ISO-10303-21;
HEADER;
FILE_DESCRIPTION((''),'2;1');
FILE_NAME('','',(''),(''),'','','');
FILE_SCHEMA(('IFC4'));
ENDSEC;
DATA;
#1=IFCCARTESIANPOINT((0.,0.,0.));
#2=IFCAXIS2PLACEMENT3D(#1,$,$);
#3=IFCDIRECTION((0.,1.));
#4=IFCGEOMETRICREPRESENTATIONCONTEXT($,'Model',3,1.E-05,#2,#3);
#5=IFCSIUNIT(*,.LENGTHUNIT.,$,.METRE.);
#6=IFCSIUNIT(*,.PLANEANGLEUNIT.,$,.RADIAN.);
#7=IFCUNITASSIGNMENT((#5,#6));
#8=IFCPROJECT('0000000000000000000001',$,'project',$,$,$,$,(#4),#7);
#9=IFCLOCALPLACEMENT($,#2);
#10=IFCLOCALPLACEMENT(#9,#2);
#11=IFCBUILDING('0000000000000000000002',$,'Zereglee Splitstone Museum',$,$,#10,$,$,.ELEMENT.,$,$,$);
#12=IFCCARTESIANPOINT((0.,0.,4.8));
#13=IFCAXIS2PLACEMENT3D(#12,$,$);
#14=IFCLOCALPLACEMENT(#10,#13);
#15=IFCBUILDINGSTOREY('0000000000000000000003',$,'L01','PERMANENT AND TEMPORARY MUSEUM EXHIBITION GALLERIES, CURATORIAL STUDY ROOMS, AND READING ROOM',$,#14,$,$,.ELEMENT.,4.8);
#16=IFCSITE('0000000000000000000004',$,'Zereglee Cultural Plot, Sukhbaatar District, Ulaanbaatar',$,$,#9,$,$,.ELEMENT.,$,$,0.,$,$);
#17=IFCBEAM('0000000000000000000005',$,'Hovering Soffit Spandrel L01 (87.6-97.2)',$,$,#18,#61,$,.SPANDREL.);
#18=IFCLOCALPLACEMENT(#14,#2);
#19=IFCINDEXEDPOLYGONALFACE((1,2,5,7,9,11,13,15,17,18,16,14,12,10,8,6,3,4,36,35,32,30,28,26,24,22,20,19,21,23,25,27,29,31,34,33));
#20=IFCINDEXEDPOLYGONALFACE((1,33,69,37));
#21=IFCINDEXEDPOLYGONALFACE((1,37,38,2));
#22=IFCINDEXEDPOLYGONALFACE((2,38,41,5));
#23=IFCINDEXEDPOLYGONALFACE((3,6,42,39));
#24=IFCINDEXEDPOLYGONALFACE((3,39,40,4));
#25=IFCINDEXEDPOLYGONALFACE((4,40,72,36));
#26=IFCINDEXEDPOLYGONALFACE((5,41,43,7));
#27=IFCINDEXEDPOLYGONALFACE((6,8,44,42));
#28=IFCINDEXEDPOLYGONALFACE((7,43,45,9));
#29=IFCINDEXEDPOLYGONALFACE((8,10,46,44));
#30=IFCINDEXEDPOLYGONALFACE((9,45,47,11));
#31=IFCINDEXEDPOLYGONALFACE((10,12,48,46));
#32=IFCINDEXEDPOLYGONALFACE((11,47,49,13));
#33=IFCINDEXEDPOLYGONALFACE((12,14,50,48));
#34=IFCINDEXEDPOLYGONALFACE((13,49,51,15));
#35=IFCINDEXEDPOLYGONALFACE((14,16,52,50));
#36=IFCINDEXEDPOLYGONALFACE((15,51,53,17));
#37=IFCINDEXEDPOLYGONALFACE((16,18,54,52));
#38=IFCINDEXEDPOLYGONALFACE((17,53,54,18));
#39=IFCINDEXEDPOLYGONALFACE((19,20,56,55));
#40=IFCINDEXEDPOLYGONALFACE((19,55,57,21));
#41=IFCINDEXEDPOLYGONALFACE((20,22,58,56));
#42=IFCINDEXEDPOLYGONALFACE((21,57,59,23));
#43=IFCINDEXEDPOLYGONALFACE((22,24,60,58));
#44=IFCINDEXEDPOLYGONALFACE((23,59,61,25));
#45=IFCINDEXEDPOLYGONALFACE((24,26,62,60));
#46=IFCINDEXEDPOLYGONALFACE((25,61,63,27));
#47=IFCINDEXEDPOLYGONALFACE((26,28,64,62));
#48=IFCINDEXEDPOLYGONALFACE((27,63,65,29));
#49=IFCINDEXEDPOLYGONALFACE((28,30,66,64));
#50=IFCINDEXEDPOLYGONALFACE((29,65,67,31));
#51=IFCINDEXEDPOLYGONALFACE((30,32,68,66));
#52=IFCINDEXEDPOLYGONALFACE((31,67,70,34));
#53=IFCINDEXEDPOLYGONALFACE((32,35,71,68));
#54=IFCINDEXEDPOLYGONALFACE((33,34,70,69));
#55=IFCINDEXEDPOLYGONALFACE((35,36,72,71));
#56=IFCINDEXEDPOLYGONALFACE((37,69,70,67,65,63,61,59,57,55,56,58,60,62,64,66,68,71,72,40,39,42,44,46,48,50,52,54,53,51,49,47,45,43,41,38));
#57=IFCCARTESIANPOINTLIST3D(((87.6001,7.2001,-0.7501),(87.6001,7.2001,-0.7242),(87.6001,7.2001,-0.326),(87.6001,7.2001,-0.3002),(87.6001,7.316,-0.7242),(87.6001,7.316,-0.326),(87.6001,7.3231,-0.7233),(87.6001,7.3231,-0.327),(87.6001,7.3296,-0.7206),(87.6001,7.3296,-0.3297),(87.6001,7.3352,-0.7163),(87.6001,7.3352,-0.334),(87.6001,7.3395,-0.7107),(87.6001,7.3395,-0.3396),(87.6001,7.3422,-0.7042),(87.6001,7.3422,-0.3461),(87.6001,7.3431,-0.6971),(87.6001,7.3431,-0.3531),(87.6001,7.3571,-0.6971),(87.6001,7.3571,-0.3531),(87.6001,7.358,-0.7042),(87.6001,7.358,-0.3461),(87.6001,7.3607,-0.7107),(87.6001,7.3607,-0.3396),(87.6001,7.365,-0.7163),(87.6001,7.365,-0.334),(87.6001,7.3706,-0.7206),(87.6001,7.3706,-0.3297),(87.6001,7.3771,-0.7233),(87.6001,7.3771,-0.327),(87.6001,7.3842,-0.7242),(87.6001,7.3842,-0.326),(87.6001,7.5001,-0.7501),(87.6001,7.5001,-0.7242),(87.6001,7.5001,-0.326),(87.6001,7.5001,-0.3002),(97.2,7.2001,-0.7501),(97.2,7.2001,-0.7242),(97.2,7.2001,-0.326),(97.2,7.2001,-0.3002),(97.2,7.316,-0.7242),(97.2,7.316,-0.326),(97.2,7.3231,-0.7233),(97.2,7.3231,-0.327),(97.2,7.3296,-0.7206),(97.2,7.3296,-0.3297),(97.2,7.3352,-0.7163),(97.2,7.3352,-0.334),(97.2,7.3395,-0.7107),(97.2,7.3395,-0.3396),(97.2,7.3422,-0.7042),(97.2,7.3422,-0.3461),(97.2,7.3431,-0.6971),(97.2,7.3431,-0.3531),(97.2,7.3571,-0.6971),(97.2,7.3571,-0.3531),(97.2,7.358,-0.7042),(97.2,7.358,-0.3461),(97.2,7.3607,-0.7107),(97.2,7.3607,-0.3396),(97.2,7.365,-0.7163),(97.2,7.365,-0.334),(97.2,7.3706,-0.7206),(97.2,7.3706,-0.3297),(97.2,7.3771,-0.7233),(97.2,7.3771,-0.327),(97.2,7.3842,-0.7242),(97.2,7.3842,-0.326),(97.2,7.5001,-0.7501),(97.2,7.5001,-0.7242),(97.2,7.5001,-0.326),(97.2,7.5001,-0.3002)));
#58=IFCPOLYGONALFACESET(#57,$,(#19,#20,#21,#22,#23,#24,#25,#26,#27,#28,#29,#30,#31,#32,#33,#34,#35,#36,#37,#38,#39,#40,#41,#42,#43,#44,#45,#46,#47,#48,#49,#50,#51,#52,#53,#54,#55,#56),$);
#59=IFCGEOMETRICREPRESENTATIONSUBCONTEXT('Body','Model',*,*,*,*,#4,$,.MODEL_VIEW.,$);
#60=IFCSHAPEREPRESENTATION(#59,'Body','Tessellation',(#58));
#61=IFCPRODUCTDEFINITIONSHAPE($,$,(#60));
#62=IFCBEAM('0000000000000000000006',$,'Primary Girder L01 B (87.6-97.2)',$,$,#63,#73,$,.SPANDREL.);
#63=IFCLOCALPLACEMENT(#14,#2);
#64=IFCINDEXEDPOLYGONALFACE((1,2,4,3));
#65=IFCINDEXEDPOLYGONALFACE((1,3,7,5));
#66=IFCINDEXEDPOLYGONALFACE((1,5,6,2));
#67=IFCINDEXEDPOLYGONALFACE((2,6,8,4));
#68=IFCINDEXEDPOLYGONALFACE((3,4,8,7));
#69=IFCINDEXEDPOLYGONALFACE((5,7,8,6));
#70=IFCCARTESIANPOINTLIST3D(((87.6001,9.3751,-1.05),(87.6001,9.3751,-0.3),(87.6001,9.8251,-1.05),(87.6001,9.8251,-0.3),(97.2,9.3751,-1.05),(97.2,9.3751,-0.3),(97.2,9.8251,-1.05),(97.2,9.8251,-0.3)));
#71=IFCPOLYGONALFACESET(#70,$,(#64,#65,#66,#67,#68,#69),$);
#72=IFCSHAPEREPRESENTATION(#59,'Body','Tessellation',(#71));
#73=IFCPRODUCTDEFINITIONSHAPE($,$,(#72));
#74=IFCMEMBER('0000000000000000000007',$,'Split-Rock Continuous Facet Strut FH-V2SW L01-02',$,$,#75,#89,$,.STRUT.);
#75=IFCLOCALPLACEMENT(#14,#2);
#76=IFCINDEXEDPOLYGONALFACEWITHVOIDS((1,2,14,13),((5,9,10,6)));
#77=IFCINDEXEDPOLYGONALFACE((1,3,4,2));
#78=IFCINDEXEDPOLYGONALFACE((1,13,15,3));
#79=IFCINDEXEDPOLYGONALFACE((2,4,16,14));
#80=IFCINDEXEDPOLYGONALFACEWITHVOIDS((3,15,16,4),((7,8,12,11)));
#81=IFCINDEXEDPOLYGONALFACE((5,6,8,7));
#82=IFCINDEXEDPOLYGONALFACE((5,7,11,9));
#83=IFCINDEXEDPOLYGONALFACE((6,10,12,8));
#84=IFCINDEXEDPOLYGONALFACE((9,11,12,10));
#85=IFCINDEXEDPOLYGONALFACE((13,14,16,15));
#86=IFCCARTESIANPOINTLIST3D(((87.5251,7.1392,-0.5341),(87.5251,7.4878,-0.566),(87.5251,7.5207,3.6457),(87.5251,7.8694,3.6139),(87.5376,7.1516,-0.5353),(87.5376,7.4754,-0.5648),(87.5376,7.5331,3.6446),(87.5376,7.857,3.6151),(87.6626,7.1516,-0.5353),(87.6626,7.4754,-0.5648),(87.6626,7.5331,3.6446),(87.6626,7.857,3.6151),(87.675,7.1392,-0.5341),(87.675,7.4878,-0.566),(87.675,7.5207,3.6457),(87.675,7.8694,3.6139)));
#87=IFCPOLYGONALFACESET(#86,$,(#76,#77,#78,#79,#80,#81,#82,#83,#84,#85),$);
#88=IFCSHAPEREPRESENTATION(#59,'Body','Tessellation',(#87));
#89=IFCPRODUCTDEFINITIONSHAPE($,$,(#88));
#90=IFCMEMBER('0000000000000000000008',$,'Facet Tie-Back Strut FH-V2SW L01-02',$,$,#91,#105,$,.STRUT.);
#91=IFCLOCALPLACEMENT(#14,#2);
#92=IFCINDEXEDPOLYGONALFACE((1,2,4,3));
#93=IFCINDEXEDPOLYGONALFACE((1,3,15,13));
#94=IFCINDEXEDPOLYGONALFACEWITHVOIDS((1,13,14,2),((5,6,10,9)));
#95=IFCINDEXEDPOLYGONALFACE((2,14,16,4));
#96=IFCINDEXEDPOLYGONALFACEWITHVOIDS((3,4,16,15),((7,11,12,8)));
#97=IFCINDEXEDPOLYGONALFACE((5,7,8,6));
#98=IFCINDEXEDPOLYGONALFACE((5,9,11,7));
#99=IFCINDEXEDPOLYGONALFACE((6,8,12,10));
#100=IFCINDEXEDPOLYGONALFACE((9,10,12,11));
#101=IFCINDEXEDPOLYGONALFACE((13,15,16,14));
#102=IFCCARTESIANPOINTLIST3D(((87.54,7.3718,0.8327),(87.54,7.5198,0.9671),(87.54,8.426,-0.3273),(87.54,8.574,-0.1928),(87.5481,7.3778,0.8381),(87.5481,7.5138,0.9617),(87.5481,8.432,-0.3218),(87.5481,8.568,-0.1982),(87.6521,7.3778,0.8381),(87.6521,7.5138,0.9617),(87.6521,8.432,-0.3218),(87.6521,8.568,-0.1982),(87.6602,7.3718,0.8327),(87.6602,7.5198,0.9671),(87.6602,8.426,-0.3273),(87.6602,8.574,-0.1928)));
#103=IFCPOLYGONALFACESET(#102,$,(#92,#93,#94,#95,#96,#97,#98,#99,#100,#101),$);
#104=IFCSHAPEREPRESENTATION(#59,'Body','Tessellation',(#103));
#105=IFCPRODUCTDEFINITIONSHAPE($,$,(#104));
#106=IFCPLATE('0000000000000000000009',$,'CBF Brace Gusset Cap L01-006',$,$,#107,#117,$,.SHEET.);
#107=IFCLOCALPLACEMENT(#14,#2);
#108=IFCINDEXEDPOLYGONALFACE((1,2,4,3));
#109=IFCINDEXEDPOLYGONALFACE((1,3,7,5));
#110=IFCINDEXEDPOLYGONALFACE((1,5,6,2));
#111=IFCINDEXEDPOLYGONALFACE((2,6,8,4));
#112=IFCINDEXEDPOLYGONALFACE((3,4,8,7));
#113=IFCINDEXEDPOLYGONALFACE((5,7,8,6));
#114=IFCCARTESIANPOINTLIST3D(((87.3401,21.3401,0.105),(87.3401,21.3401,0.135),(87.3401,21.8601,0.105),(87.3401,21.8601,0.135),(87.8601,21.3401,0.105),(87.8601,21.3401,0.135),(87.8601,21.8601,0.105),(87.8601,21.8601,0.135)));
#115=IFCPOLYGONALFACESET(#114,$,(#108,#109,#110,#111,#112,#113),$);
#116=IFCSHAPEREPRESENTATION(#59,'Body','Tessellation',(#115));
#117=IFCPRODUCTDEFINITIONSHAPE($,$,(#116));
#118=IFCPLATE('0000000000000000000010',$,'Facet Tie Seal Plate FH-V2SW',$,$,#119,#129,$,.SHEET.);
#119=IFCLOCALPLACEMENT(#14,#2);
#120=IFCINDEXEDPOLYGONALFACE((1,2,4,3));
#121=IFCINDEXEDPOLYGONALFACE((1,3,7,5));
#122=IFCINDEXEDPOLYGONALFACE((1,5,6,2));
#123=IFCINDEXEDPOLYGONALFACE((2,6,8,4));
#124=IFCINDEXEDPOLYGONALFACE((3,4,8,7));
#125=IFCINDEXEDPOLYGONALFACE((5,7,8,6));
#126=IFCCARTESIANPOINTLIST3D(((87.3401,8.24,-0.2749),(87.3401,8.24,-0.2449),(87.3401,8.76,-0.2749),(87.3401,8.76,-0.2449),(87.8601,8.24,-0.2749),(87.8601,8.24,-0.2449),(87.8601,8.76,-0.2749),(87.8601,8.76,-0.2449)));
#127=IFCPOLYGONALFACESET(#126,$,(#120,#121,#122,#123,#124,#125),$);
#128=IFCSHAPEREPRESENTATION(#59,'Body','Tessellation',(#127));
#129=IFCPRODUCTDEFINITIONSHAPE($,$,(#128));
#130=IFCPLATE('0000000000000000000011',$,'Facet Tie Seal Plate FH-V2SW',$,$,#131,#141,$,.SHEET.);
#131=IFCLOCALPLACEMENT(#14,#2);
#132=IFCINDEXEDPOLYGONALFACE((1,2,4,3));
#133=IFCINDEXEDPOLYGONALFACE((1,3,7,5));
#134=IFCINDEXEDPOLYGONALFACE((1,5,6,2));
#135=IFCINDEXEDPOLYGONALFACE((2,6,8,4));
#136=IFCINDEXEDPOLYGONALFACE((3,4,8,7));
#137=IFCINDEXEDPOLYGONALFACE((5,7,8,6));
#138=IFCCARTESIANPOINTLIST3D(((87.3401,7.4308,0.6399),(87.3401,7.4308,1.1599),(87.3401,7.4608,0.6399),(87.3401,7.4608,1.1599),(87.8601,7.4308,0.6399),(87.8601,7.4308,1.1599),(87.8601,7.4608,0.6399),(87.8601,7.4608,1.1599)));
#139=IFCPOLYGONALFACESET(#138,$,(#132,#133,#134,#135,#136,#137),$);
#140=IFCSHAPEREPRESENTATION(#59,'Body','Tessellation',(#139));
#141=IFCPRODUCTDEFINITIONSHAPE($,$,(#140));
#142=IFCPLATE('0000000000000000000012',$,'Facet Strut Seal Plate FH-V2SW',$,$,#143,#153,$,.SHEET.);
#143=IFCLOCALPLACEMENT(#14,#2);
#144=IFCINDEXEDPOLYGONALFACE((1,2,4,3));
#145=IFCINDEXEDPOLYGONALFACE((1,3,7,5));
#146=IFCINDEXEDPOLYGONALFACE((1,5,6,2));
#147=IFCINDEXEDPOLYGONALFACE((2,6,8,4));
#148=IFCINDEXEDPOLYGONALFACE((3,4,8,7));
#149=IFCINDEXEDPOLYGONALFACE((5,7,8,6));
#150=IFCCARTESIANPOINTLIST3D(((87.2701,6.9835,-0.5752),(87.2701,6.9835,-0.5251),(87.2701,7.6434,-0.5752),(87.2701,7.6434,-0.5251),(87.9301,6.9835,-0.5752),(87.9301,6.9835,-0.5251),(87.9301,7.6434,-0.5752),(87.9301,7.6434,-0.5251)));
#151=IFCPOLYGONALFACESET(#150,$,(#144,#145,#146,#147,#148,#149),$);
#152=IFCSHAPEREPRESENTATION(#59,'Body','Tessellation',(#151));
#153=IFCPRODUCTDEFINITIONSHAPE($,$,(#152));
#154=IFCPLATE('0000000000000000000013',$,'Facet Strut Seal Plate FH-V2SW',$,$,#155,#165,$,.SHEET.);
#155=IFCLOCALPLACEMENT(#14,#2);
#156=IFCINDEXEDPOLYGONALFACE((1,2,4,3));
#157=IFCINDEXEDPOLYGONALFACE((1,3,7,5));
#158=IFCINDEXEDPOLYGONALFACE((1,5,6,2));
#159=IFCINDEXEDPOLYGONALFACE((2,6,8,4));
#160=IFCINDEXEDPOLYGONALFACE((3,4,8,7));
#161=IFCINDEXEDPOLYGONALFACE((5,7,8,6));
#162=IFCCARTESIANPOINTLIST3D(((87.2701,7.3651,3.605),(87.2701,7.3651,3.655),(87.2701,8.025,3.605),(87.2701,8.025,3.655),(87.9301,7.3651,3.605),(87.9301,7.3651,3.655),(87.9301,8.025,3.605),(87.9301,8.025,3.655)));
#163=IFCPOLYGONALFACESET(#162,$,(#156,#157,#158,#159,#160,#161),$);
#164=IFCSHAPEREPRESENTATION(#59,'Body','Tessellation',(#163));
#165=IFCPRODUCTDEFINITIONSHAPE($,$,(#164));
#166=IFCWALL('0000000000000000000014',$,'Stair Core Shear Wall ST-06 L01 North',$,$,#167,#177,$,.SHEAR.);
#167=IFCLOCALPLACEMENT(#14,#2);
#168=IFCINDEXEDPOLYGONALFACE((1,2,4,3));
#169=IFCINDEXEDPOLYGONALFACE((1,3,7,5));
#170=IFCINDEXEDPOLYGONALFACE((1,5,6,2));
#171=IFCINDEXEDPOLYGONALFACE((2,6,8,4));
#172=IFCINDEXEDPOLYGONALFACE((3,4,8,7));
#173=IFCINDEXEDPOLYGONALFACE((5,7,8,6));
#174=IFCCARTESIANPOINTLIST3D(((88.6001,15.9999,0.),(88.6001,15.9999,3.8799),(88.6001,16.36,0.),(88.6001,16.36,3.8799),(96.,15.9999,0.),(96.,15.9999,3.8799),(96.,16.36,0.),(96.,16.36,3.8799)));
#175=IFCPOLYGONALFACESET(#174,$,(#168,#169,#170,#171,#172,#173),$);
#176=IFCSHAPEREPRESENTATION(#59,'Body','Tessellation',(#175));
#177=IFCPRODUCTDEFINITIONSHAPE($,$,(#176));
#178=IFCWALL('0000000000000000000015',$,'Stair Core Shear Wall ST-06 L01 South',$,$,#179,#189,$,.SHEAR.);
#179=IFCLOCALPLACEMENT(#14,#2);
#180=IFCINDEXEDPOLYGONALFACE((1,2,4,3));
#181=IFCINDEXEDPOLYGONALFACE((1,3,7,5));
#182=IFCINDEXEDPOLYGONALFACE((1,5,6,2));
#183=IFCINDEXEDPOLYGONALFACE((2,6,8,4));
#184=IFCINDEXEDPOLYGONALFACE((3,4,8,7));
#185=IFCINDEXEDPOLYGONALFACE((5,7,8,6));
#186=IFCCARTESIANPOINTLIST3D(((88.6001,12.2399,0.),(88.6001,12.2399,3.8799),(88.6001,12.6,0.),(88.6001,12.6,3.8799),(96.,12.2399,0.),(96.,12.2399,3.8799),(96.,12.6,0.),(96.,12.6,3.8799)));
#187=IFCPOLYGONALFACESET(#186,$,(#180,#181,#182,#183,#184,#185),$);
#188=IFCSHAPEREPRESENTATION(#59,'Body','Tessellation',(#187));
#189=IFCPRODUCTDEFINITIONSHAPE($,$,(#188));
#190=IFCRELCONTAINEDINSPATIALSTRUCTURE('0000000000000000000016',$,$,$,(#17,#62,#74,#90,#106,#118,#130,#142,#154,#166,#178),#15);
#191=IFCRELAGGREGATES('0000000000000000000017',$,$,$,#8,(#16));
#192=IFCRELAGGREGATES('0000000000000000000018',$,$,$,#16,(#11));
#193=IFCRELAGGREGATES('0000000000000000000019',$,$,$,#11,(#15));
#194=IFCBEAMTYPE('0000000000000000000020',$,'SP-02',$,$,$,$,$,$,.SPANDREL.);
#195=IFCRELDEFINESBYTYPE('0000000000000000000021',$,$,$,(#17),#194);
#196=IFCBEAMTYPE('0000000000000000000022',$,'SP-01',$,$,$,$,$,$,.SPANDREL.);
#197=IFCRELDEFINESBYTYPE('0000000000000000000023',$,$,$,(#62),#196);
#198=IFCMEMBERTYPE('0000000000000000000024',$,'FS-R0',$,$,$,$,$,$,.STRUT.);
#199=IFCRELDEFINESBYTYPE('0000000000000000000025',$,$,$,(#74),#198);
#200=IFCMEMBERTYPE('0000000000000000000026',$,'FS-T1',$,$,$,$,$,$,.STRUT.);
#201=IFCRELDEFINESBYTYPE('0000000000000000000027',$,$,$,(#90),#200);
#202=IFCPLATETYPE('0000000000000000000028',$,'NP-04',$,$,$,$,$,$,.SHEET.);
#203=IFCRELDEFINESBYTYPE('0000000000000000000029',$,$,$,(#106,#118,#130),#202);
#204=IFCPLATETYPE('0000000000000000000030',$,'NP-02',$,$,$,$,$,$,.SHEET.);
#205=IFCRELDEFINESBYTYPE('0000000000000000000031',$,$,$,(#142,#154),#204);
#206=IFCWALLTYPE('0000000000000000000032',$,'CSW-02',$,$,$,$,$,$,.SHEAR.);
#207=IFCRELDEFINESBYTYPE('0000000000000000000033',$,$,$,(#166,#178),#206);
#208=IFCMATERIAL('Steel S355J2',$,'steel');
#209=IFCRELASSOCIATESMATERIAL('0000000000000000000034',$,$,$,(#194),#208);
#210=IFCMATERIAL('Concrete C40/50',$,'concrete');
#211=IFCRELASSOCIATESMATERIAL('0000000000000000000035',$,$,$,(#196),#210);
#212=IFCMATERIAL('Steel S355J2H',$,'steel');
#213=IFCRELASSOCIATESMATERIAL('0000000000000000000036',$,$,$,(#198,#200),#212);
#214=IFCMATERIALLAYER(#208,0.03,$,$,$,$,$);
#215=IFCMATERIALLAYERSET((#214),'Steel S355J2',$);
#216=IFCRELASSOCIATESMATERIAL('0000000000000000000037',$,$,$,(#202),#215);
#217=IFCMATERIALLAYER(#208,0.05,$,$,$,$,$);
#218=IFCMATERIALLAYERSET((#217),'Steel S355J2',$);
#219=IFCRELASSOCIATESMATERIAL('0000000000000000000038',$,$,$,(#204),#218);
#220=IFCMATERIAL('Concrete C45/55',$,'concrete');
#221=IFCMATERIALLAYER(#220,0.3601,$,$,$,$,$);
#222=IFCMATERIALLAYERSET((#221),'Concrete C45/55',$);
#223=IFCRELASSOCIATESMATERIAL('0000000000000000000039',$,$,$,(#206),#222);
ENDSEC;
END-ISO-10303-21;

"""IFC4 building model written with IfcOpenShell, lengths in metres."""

from ifc_helpers import new_model, si_unit, direction, frame, frame_2d, origin, origin_2d, place, context, subcontext, project, spatial, rectangle, hollow_rectangle, i_section, extrude, material, layer, layer_set, material_profile, profile_set, type_object, element, save


model = new_model("IFC4")

# Units and contexts
model_context = context("Model", 3, precision=1e-05, world=origin(), true_north=direction((0.0, 1.0)))
body_context = subcontext(model_context, "Body", "Model", "MODEL_VIEW")
ifc_project = project(units=[si_unit("LENGTHUNIT", "METRE"), si_unit("PLANEANGLEUNIT", "RADIAN")], contexts=[model_context])

# Site, building, storey
site_placement = place(None, origin())
site = spatial("IfcSite", under=ifc_project, at=site_placement, Name="Zereglee Cultural Plot, Sukhbaatar District, Ulaanbaatar", CompositionType="ELEMENT", RefElevation=0.0)
building_placement = place(site_placement, origin())
building = spatial("IfcBuilding", under=site, at=building_placement, Name="Zereglee Splitstone Museum", CompositionType="ELEMENT")
storey_placement = place(building_placement, frame((0.0, 0.0, 4.8)))
storey = spatial("IfcBuildingStorey", under=building, at=storey_placement, Name="L01", Description="PERMANENT AND TEMPORARY MUSEUM EXHIBITION GALLERIES, CURATORIAL STUDY ROOMS, AND READING ROOM", CompositionType="ELEMENT", Elevation=4.8)

# Shared definitions
ifc_material_1 = material(Name="Steel S355J2H", Category="steel")

# Beams
ifc_material_2 = material(Name="Steel S355J2", Category="steel")
ifc_material_profile_1 = material_profile(ifc_material_2, i_section(OverallWidth=0.3, OverallDepth=0.45, WebThickness=0.0139, FlangeThickness=0.0259, FilletRadius=0.0271, at=origin_2d()), Name="HE 450 B")
ifc_profile_set_1 = profile_set([ifc_material_profile_1], Name="Steel S355J2")
beam_type_1 = type_object("IfcBeamType", Name="SP-02", PredefinedType="SPANDREL", material=ifc_profile_set_1)
beam_1_placement = place(storey_placement, frame((87.6001, 7.3501, -0.5251), z_axis=(1.0, 0.0, 0.0), x_axis=(0.0, 1.0, 0.0)))
element("IfcBeam", 1, at=beam_1_placement, inside=storey, type_object=beam_type_1, Name="Hovering Soffit Spandrel L01 (87.6-97.2)", PredefinedType="SPANDREL", context=body_context, shape_type="SweptSolid", body=[
    extrude(i_section(OverallWidth=0.3, OverallDepth=0.45, WebThickness=0.0139, FlangeThickness=0.0259, FilletRadius=0.0271, at=origin_2d()), origin(), (0.0, 0.0, 1.0), 9.5999),
])
ifc_material_3 = material(Name="Concrete C40/50", Category="concrete")
ifc_material_profile_2 = material_profile(ifc_material_3, rectangle(XDim=0.45, YDim=0.75, at=origin_2d()), Name="RC 450x750")
ifc_profile_set_2 = profile_set([ifc_material_profile_2], Name="Concrete C40/50")
beam_type_2 = type_object("IfcBeamType", Name="SP-01", PredefinedType="SPANDREL", material=ifc_profile_set_2)
beam_2_placement = place(storey_placement, frame((87.6001, 9.6001, -0.675), z_axis=(1.0, 0.0, 0.0), x_axis=(0.0, 1.0, 0.0)))
element("IfcBeam", 2, at=beam_2_placement, inside=storey, type_object=beam_type_2, Name="Primary Girder L01 B (87.6-97.2)", PredefinedType="SPANDREL", context=body_context, shape_type="SweptSolid", body=[
    extrude(rectangle(XDim=0.45, YDim=0.75, at=origin_2d()), origin(), (0.0, 0.0, 1.0), 9.5999),
])

# Members
ifc_material_profile_3 = material_profile(ifc_material_1, hollow_rectangle(XDim=0.1499, YDim=0.3501, WallThickness=0.0125, at=origin_2d()), Name="RHS 350x150x12.5")
ifc_profile_set_3 = profile_set([ifc_material_profile_3], Name="Steel S355J2H")
member_type_1 = type_object("IfcMemberType", Name="FS-R0", PredefinedType="STRUT", material=ifc_profile_set_3)
member_1_placement = place(storey_placement, frame((87.6001, 7.3135, -0.55), z_axis=(0.0, 0.090913, 0.995859), x_axis=(-1.0, 0.0, 0.0)))
element("IfcMember", 3, at=member_1_placement, inside=storey, type_object=member_type_1, Name="Split-Rock Continuous Facet Strut FH-V2SW L01-02", PredefinedType="STRUT", context=body_context, shape_type="SweptSolid", body=[
    extrude(hollow_rectangle(XDim=0.1499, YDim=0.3501, WallThickness=0.0125, at=origin_2d()), origin(), (0.0, 0.0, 1.0), 4.1973),
])
ifc_material_profile_4 = material_profile(ifc_material_1, hollow_rectangle(XDim=0.1201, YDim=0.2, WallThickness=0.0081, at=origin_2d()), Name="RHS 200x120x8")
ifc_profile_set_4 = profile_set([ifc_material_profile_4], Name="Steel S355J2H")
member_type_2 = type_object("IfcMemberType", Name="FS-T1", PredefinedType="STRUT", material=ifc_profile_set_4)
member_2_placement = place(storey_placement, frame((87.6001, 8.5, -0.26), z_axis=(0.0, -0.67258, 0.740025), x_axis=(1.0, 0.0, 0.0)))
element("IfcMember", 4, at=member_2_placement, inside=storey, type_object=member_type_2, Name="Facet Tie-Back Strut FH-V2SW L01-02", PredefinedType="STRUT", context=body_context, shape_type="SweptSolid", body=[
    extrude(hollow_rectangle(XDim=0.1201, YDim=0.2, WallThickness=0.0081, at=origin_2d()), origin(), (0.0, 0.0, 1.0), 1.5674),
])

# Plates
ifc_layer_1 = layer(ifc_material_2, 0.03)
ifc_layer_set_1 = layer_set([ifc_layer_1], Name="Steel S355J2")
plate_type_1 = type_object("IfcPlateType", Name="NP-04", PredefinedType="SHEET", material=ifc_layer_set_1)
for number, where, z_axis, x_axis, name in (
    (5, (87.6001, 21.6001, 0.105), (0.0, 0.0, 1.0), (1.0, 0.0, 0.0), "CBF Brace Gusset Cap L01-006"),
    (6, (87.6001, 8.5, -0.2749), (0.0, 0.0, 1.0), (1.0, 0.0, 0.0), "Facet Tie Seal Plate FH-V2SW"),
):
    element("IfcPlate", number, at=place(storey_placement, frame(where, z_axis=z_axis, x_axis=x_axis)), inside=storey, type_object=plate_type_1, Name=name, PredefinedType="SHEET", context=body_context, shape_type="SweptSolid", body=[
        extrude(rectangle(XDim=0.52, YDim=0.52, at=origin_2d()), origin(), (0.0, 0.0, 1.0), 0.03),
    ])
plate_placement = place(storey_placement, frame((87.6001, 7.4458, 0.6399), z_axis=(0.0, 0.0, 1.0), x_axis=(1.0, 0.0, 0.0)))
element("IfcPlate", 7, at=plate_placement, inside=storey, type_object=plate_type_1, Name="Facet Tie Seal Plate FH-V2SW", PredefinedType="SHEET", context=body_context, shape_type="SweptSolid", body=[
    extrude(rectangle(XDim=0.52, YDim=0.03, at=origin_2d()), origin(), (0.0, 0.0, 1.0), 0.52),
])
ifc_layer_2 = layer(ifc_material_2, 0.05)
ifc_layer_set_2 = layer_set([ifc_layer_2], Name="Steel S355J2")
plate_type_2 = type_object("IfcPlateType", Name="NP-02", PredefinedType="SHEET", material=ifc_layer_set_2)
for number, where, z_axis, x_axis, name in (
    (8, (87.6001, 7.3135, -0.5752), (0.0, 0.0, 1.0), (1.0, 0.0, 0.0), "Facet Strut Seal Plate FH-V2SW"),
    (9, (87.6001, 7.6951, 3.605), (0.0, 0.0, 1.0), (1.0, 0.0, 0.0), "Facet Strut Seal Plate FH-V2SW"),
):
    element("IfcPlate", number, at=place(storey_placement, frame(where, z_axis=z_axis, x_axis=x_axis)), inside=storey, type_object=plate_type_2, Name=name, PredefinedType="SHEET", context=body_context, shape_type="SweptSolid", body=[
        extrude(rectangle(XDim=0.6599, YDim=0.6599, at=origin_2d()), origin(), (0.0, 0.0, 1.0), 0.05),
    ])

# Shared definitions
ifc_material_4 = material(Name="Concrete C45/55", Category="concrete")
ifc_layer_3 = layer(ifc_material_4, 0.3601)
ifc_layer_set_3 = layer_set([ifc_layer_3], Name="Concrete C45/55")
wall_type_1 = type_object("IfcWallType", Name="CSW-02", PredefinedType="SHEAR", material=ifc_layer_set_3)

# Walls
for number, where, z_axis, x_axis, name in (
    (10, (88.6001, 16.1799, 0.0), (0.0, 0.0, 1.0), (1.0, 0.0, 0.0), "Stair Core Shear Wall ST-06 L01 North"),
    (11, (88.6001, 12.4199, 0.0), (0.0, 0.0, 1.0), (1.0, 0.0, 0.0), "Stair Core Shear Wall ST-06 L01 South"),
):
    element("IfcWall", number, at=place(storey_placement, frame(where, z_axis=z_axis, x_axis=x_axis)), inside=storey, type_object=wall_type_1, Name=name, PredefinedType="SHEAR", context=body_context, shape_type="SweptSolid", body=[
        extrude(rectangle(XDim=7.3999, YDim=0.3601, at=frame_2d((3.7, 0.0))), origin(), (0.0, 0.0, 1.0), 3.8799),
    ])

save(model, "model.ifc")
